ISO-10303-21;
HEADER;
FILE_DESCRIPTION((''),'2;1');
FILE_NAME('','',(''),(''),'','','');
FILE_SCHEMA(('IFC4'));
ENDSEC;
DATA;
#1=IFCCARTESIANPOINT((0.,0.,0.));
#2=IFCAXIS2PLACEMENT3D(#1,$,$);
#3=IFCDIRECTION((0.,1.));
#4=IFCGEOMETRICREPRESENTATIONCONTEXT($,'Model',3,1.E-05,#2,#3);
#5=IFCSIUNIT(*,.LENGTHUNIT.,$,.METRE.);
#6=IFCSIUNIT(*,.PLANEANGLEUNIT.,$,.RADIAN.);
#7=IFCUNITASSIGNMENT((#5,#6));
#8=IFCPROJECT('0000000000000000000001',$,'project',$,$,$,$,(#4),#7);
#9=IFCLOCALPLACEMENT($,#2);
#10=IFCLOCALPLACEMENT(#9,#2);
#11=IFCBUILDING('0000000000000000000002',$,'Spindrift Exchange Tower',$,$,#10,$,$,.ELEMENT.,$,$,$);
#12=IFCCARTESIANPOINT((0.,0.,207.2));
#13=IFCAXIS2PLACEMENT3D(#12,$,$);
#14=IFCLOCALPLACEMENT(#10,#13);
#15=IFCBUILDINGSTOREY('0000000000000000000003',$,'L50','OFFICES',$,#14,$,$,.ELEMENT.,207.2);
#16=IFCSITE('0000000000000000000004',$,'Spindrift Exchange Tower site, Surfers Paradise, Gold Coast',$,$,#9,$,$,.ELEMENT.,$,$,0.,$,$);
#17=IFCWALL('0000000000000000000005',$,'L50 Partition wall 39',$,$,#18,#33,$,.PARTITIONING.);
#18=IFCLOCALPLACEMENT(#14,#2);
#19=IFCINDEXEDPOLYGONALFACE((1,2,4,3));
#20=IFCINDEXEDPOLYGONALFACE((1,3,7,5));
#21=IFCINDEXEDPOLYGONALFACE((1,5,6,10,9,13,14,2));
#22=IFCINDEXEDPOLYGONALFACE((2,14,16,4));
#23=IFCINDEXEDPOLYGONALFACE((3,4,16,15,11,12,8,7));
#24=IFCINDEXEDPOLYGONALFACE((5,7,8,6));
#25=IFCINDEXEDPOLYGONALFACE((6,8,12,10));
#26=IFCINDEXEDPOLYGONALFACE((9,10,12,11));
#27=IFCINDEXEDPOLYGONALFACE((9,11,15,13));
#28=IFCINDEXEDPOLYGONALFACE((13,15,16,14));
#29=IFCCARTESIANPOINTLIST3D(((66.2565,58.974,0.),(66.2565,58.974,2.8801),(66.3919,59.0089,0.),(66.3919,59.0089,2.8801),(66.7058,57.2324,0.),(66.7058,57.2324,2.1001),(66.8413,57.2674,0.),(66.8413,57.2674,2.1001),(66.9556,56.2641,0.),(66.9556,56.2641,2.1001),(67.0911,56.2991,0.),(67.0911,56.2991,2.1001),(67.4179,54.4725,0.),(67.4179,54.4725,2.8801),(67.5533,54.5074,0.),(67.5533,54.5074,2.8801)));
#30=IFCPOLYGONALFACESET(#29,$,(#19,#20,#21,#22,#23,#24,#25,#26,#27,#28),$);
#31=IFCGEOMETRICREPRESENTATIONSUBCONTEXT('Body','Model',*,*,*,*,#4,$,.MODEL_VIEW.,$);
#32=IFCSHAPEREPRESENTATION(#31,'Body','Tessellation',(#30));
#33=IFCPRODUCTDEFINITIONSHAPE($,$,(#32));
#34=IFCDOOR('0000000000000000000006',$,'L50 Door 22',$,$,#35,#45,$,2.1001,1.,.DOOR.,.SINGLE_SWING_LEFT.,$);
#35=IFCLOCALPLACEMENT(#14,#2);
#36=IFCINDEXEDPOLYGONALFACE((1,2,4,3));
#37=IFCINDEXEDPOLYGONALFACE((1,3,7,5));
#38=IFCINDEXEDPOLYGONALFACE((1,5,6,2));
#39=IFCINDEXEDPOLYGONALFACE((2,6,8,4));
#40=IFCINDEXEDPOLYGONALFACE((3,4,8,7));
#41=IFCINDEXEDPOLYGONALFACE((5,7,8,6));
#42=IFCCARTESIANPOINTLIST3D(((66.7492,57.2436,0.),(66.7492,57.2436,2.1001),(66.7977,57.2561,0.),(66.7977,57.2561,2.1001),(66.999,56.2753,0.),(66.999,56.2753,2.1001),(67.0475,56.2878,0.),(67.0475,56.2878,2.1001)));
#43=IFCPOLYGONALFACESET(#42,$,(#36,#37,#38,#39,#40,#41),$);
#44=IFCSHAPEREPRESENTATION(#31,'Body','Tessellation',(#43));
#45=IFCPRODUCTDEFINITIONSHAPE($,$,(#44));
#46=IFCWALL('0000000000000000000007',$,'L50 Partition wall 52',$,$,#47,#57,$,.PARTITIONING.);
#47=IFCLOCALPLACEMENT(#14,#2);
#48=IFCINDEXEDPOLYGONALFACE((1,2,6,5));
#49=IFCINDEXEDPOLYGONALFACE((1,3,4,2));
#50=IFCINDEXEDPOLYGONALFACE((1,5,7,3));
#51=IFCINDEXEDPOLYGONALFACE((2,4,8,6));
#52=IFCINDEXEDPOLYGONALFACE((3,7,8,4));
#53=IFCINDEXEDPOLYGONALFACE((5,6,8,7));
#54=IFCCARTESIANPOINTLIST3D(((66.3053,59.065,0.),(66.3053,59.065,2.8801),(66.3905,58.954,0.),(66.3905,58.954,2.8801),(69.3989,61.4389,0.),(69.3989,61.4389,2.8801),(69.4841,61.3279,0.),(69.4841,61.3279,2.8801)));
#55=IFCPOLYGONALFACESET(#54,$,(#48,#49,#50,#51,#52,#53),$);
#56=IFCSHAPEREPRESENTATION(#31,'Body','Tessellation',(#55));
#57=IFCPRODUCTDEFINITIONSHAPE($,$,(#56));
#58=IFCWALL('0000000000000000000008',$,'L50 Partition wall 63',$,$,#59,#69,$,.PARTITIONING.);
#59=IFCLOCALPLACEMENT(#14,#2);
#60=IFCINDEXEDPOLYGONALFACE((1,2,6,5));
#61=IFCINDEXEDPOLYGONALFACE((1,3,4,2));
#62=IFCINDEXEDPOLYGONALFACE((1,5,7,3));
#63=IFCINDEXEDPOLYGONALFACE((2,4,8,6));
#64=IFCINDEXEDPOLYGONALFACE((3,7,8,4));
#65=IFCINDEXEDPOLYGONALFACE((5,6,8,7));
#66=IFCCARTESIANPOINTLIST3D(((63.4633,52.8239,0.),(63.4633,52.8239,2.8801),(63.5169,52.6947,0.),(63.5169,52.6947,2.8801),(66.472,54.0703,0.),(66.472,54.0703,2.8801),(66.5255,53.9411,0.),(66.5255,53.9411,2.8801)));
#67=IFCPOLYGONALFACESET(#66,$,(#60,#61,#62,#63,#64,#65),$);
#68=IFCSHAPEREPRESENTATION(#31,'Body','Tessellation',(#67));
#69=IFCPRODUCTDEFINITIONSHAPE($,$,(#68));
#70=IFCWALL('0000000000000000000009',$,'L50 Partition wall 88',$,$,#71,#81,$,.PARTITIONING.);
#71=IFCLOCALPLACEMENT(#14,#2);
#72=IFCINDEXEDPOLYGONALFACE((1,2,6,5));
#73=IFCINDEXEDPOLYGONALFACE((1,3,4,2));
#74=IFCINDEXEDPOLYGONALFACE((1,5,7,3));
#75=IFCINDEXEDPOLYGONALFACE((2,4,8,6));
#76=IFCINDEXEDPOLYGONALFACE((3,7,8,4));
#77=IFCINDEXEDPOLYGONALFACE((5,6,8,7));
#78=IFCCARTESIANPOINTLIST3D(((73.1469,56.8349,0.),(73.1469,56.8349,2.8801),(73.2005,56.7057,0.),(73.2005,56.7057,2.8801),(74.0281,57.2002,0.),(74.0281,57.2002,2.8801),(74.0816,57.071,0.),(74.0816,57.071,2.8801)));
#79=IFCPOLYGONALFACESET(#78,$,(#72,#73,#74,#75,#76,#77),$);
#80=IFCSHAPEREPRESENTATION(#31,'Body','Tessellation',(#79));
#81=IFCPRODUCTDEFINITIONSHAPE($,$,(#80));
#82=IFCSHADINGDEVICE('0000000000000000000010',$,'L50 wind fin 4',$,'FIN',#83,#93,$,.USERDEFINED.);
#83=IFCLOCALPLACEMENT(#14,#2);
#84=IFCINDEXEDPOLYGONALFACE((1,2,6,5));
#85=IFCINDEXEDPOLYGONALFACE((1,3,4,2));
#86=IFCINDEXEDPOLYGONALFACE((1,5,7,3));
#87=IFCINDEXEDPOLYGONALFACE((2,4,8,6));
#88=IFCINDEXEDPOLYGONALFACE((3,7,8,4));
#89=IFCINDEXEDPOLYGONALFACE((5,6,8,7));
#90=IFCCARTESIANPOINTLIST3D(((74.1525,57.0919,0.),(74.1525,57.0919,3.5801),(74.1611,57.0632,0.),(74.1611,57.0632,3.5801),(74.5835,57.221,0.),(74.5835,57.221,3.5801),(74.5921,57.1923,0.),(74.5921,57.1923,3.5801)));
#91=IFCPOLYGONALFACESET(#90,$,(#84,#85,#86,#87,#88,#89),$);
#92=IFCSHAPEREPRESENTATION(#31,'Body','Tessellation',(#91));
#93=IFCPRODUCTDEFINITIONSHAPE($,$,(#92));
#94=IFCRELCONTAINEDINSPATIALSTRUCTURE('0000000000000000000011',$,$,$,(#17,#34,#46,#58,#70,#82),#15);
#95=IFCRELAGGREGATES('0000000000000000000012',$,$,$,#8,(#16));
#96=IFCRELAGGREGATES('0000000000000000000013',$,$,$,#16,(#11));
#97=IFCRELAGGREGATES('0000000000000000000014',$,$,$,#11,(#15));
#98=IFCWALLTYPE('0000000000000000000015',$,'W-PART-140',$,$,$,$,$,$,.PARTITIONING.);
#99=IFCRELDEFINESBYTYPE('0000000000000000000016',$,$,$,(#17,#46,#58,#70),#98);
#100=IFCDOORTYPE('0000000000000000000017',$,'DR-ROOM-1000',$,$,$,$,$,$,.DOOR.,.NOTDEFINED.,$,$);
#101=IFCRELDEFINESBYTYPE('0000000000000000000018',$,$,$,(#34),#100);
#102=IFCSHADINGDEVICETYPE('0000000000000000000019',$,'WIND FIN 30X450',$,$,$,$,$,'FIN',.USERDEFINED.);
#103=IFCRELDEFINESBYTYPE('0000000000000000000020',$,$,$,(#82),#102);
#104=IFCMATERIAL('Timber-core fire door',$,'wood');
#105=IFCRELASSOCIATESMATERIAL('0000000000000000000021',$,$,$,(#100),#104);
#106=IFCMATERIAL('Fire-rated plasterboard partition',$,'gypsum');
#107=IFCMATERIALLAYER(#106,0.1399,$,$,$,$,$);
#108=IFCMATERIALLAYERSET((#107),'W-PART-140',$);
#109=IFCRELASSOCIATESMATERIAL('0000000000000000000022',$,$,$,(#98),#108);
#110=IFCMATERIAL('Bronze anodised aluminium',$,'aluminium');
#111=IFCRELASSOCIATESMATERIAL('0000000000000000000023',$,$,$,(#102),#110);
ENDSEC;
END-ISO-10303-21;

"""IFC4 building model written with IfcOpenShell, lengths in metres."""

from ifc_helpers import new_model, si_unit, direction, frame, frame_2d, origin, origin_2d, place, context, subcontext, project, spatial, rectangle, extrude, source, transform, mapped, material, layer, layer_set, material_profile, profile_set, type_object, element, fill, save


model = new_model("IFC4")

# Units and contexts
model_context = context("Model", 3, precision=1e-05, world=origin(), true_north=direction((0.0, 1.0)))
body_context = subcontext(model_context, "Body", "Model", "MODEL_VIEW")
ifc_project = project(units=[si_unit("LENGTHUNIT", "METRE"), si_unit("PLANEANGLEUNIT", "RADIAN")], contexts=[model_context])

# Site, building, storey
site_placement = place(None, origin())
site = spatial("IfcSite", under=ifc_project, at=site_placement, Name="Spindrift Exchange Tower site, Surfers Paradise, Gold Coast", CompositionType="ELEMENT", RefElevation=0.0)
building_placement = place(site_placement, origin())
building = spatial("IfcBuilding", under=site, at=building_placement, Name="Spindrift Exchange Tower", CompositionType="ELEMENT")
storey_placement = place(building_placement, frame((0.0, 0.0, 207.2)))
storey = spatial("IfcBuildingStorey", under=building, at=storey_placement, Name="L50", Description="OFFICES", CompositionType="ELEMENT", Elevation=207.2)

# Shared definitions
ifc_material_1 = material(Name="Bronze anodised aluminium", Category="aluminium")

# Shared definitions
ifc_material_2 = material(Name="Fire-rated plasterboard partition", Category="gypsum")
ifc_material_3 = material(Name="Timber-core fire door", Category="wood")
door_type_1 = type_object("IfcDoorType", Name="DR-ROOM-1000", OperationType="NOTDEFINED", PredefinedType="DOOR", material=ifc_material_3)
shared_shape_1 = source(origin(), body_context, "Body", "SweptSolid", [
    extrude(rectangle(XDim=1.0, YDim=2.1001, at=frame_2d((0.5, 1.05))), frame((0.0, 0.0249, 0.0), z_axis=(0.0, -1.0, 0.0), x_axis=(1.0, 0.0, 0.0)), (0.0, 0.0, 1.0), 0.05),
])

# Wall, opening, door
ifc_layer_1 = layer(ifc_material_2, 0.1399)
ifc_layer_set_1 = layer_set([ifc_layer_1], Name="W-PART-140")
wall_type_1 = type_object("IfcWallType", Name="W-PART-140", PredefinedType="PARTITIONING", material=ifc_layer_set_1)
wall_1_placement = place(storey_placement, frame((66.3242, 58.9915, 0.0), z_axis=(0.0, 0.0, 1.0), x_axis=(0.249819, -0.968292, 0.0)))
wall_1 = element("IfcWall", 1, at=wall_1_placement, inside=storey, type_object=wall_type_1, Name="L50 Partition wall 39", PredefinedType="PARTITIONING", context=body_context, shape_type="SweptSolid", body=[
    extrude(rectangle(XDim=4.6489, YDim=0.1399, at=frame_2d((2.3245, 0.0))), origin(), (0.0, 0.0, 1.0), 2.8801),
])
opening_1_placement = place(wall_1_placement, frame((1.7986, 0.0, 0.0)))
opening_1 = element("IfcOpeningElement", 2, at=opening_1_placement, cuts=wall_1, PredefinedType="OPENING", context=body_context, shape_type="SweptSolid", body=[
    extrude(rectangle(XDim=1.0, YDim=2.1001, at=frame_2d((0.5, 1.05))), frame((0.0, 0.0798, 0.0), z_axis=(0.0, -1.0, 0.0), x_axis=(1.0, 0.0, 0.0)), (0.0, 0.0, 1.0), 0.1599),
])
door_1_placement = place(opening_1_placement, origin())
door_1 = element("IfcDoor", 3, at=door_1_placement, inside=storey, type_object=door_type_1, Name="L50 Door 22", OperationType="SINGLE_SWING_LEFT", OverallHeight=2.1001, OverallWidth=1.0, PredefinedType="DOOR", context=body_context, shape_type="MappedRepresentation", body=[
    mapped(shared_shape_1, transform((0.0, 0.0, 0.0), scale=1.0)),
])
fill(opening_1, door_1)

# Walls
wall_2_placement = place(storey_placement, frame((66.3479, 59.0095, 0.0), z_axis=(0.0, 0.0, 1.0), x_axis=(0.793347, 0.608769, 0.0)))
element("IfcWall", 4, at=wall_2_placement, inside=storey, type_object=wall_type_1, Name="L50 Partition wall 52", PredefinedType="PARTITIONING", context=body_context, shape_type="SweptSolid", body=[
    extrude(rectangle(XDim=3.8994, YDim=0.1399, at=frame_2d((1.9497, 0.0))), origin(), (0.0, 0.0, 1.0), 2.8801),
])
wall_3_placement = place(storey_placement, frame((63.49, 52.7593, 0.0), z_axis=(0.0, 0.0, 1.0), x_axis=(0.923862, 0.382725, 0.0)))
element("IfcWall", 5, at=wall_3_placement, inside=storey, type_object=wall_type_1, Name="L50 Partition wall 63", PredefinedType="PARTITIONING", context=body_context, shape_type="SweptSolid", body=[
    extrude(rectangle(XDim=3.2566, YDim=0.1399, at=frame_2d((1.6284, 0.0))), origin(), (0.0, 0.0, 1.0), 2.8801),
])
wall_4_placement = place(storey_placement, frame((73.1736, 56.7703, 0.0), z_axis=(0.0, 0.0, 1.0), x_axis=(0.92378, 0.382924, 0.0)))
element("IfcWall", 6, at=wall_4_placement, inside=storey, type_object=wall_type_1, Name="L50 Partition wall 88", PredefinedType="PARTITIONING", context=body_context, shape_type="SweptSolid", body=[
    extrude(rectangle(XDim=0.9539, YDim=0.1399, at=frame_2d((0.4771, 0.0))), origin(), (0.0, 0.0, 1.0), 2.8801),
])

# Shading device
ifc_material_profile_1 = material_profile(ifc_material_1, rectangle(XDim=0.03, YDim=0.45, at=origin_2d()), Name="WIND FIN 30X450")
ifc_profile_set_1 = profile_set([ifc_material_profile_1], Name="Bronze anodised aluminium")
shading_device_type = type_object("IfcShadingDeviceType", Name="WIND FIN 30X450", ElementType="FIN", PredefinedType="USERDEFINED", material=ifc_profile_set_1)
shared_shape_2 = source(origin(), body_context, "Body", "SweptSolid", [
    extrude(rectangle(XDim=0.03, YDim=0.45, at=origin_2d()), origin(), (0.0, 0.0, 1.0), 3.5801),
])
shading_device_placement = place(storey_placement, frame((74.3723, 57.1421, 0.0), z_axis=(0.0, 0.0, 1.0), x_axis=(-0.286901, 0.95796, 0.0)))
element("IfcShadingDevice", 7, at=shading_device_placement, inside=storey, type_object=shading_device_type, Name="L50 wind fin 4", ObjectType="FIN", PredefinedType="USERDEFINED", context=body_context, shape_type="MappedRepresentation", body=[
    mapped(shared_shape_2, transform((0.0, 0.0, 0.0), scale=1.0)),
])

save(model, "model.ifc")
